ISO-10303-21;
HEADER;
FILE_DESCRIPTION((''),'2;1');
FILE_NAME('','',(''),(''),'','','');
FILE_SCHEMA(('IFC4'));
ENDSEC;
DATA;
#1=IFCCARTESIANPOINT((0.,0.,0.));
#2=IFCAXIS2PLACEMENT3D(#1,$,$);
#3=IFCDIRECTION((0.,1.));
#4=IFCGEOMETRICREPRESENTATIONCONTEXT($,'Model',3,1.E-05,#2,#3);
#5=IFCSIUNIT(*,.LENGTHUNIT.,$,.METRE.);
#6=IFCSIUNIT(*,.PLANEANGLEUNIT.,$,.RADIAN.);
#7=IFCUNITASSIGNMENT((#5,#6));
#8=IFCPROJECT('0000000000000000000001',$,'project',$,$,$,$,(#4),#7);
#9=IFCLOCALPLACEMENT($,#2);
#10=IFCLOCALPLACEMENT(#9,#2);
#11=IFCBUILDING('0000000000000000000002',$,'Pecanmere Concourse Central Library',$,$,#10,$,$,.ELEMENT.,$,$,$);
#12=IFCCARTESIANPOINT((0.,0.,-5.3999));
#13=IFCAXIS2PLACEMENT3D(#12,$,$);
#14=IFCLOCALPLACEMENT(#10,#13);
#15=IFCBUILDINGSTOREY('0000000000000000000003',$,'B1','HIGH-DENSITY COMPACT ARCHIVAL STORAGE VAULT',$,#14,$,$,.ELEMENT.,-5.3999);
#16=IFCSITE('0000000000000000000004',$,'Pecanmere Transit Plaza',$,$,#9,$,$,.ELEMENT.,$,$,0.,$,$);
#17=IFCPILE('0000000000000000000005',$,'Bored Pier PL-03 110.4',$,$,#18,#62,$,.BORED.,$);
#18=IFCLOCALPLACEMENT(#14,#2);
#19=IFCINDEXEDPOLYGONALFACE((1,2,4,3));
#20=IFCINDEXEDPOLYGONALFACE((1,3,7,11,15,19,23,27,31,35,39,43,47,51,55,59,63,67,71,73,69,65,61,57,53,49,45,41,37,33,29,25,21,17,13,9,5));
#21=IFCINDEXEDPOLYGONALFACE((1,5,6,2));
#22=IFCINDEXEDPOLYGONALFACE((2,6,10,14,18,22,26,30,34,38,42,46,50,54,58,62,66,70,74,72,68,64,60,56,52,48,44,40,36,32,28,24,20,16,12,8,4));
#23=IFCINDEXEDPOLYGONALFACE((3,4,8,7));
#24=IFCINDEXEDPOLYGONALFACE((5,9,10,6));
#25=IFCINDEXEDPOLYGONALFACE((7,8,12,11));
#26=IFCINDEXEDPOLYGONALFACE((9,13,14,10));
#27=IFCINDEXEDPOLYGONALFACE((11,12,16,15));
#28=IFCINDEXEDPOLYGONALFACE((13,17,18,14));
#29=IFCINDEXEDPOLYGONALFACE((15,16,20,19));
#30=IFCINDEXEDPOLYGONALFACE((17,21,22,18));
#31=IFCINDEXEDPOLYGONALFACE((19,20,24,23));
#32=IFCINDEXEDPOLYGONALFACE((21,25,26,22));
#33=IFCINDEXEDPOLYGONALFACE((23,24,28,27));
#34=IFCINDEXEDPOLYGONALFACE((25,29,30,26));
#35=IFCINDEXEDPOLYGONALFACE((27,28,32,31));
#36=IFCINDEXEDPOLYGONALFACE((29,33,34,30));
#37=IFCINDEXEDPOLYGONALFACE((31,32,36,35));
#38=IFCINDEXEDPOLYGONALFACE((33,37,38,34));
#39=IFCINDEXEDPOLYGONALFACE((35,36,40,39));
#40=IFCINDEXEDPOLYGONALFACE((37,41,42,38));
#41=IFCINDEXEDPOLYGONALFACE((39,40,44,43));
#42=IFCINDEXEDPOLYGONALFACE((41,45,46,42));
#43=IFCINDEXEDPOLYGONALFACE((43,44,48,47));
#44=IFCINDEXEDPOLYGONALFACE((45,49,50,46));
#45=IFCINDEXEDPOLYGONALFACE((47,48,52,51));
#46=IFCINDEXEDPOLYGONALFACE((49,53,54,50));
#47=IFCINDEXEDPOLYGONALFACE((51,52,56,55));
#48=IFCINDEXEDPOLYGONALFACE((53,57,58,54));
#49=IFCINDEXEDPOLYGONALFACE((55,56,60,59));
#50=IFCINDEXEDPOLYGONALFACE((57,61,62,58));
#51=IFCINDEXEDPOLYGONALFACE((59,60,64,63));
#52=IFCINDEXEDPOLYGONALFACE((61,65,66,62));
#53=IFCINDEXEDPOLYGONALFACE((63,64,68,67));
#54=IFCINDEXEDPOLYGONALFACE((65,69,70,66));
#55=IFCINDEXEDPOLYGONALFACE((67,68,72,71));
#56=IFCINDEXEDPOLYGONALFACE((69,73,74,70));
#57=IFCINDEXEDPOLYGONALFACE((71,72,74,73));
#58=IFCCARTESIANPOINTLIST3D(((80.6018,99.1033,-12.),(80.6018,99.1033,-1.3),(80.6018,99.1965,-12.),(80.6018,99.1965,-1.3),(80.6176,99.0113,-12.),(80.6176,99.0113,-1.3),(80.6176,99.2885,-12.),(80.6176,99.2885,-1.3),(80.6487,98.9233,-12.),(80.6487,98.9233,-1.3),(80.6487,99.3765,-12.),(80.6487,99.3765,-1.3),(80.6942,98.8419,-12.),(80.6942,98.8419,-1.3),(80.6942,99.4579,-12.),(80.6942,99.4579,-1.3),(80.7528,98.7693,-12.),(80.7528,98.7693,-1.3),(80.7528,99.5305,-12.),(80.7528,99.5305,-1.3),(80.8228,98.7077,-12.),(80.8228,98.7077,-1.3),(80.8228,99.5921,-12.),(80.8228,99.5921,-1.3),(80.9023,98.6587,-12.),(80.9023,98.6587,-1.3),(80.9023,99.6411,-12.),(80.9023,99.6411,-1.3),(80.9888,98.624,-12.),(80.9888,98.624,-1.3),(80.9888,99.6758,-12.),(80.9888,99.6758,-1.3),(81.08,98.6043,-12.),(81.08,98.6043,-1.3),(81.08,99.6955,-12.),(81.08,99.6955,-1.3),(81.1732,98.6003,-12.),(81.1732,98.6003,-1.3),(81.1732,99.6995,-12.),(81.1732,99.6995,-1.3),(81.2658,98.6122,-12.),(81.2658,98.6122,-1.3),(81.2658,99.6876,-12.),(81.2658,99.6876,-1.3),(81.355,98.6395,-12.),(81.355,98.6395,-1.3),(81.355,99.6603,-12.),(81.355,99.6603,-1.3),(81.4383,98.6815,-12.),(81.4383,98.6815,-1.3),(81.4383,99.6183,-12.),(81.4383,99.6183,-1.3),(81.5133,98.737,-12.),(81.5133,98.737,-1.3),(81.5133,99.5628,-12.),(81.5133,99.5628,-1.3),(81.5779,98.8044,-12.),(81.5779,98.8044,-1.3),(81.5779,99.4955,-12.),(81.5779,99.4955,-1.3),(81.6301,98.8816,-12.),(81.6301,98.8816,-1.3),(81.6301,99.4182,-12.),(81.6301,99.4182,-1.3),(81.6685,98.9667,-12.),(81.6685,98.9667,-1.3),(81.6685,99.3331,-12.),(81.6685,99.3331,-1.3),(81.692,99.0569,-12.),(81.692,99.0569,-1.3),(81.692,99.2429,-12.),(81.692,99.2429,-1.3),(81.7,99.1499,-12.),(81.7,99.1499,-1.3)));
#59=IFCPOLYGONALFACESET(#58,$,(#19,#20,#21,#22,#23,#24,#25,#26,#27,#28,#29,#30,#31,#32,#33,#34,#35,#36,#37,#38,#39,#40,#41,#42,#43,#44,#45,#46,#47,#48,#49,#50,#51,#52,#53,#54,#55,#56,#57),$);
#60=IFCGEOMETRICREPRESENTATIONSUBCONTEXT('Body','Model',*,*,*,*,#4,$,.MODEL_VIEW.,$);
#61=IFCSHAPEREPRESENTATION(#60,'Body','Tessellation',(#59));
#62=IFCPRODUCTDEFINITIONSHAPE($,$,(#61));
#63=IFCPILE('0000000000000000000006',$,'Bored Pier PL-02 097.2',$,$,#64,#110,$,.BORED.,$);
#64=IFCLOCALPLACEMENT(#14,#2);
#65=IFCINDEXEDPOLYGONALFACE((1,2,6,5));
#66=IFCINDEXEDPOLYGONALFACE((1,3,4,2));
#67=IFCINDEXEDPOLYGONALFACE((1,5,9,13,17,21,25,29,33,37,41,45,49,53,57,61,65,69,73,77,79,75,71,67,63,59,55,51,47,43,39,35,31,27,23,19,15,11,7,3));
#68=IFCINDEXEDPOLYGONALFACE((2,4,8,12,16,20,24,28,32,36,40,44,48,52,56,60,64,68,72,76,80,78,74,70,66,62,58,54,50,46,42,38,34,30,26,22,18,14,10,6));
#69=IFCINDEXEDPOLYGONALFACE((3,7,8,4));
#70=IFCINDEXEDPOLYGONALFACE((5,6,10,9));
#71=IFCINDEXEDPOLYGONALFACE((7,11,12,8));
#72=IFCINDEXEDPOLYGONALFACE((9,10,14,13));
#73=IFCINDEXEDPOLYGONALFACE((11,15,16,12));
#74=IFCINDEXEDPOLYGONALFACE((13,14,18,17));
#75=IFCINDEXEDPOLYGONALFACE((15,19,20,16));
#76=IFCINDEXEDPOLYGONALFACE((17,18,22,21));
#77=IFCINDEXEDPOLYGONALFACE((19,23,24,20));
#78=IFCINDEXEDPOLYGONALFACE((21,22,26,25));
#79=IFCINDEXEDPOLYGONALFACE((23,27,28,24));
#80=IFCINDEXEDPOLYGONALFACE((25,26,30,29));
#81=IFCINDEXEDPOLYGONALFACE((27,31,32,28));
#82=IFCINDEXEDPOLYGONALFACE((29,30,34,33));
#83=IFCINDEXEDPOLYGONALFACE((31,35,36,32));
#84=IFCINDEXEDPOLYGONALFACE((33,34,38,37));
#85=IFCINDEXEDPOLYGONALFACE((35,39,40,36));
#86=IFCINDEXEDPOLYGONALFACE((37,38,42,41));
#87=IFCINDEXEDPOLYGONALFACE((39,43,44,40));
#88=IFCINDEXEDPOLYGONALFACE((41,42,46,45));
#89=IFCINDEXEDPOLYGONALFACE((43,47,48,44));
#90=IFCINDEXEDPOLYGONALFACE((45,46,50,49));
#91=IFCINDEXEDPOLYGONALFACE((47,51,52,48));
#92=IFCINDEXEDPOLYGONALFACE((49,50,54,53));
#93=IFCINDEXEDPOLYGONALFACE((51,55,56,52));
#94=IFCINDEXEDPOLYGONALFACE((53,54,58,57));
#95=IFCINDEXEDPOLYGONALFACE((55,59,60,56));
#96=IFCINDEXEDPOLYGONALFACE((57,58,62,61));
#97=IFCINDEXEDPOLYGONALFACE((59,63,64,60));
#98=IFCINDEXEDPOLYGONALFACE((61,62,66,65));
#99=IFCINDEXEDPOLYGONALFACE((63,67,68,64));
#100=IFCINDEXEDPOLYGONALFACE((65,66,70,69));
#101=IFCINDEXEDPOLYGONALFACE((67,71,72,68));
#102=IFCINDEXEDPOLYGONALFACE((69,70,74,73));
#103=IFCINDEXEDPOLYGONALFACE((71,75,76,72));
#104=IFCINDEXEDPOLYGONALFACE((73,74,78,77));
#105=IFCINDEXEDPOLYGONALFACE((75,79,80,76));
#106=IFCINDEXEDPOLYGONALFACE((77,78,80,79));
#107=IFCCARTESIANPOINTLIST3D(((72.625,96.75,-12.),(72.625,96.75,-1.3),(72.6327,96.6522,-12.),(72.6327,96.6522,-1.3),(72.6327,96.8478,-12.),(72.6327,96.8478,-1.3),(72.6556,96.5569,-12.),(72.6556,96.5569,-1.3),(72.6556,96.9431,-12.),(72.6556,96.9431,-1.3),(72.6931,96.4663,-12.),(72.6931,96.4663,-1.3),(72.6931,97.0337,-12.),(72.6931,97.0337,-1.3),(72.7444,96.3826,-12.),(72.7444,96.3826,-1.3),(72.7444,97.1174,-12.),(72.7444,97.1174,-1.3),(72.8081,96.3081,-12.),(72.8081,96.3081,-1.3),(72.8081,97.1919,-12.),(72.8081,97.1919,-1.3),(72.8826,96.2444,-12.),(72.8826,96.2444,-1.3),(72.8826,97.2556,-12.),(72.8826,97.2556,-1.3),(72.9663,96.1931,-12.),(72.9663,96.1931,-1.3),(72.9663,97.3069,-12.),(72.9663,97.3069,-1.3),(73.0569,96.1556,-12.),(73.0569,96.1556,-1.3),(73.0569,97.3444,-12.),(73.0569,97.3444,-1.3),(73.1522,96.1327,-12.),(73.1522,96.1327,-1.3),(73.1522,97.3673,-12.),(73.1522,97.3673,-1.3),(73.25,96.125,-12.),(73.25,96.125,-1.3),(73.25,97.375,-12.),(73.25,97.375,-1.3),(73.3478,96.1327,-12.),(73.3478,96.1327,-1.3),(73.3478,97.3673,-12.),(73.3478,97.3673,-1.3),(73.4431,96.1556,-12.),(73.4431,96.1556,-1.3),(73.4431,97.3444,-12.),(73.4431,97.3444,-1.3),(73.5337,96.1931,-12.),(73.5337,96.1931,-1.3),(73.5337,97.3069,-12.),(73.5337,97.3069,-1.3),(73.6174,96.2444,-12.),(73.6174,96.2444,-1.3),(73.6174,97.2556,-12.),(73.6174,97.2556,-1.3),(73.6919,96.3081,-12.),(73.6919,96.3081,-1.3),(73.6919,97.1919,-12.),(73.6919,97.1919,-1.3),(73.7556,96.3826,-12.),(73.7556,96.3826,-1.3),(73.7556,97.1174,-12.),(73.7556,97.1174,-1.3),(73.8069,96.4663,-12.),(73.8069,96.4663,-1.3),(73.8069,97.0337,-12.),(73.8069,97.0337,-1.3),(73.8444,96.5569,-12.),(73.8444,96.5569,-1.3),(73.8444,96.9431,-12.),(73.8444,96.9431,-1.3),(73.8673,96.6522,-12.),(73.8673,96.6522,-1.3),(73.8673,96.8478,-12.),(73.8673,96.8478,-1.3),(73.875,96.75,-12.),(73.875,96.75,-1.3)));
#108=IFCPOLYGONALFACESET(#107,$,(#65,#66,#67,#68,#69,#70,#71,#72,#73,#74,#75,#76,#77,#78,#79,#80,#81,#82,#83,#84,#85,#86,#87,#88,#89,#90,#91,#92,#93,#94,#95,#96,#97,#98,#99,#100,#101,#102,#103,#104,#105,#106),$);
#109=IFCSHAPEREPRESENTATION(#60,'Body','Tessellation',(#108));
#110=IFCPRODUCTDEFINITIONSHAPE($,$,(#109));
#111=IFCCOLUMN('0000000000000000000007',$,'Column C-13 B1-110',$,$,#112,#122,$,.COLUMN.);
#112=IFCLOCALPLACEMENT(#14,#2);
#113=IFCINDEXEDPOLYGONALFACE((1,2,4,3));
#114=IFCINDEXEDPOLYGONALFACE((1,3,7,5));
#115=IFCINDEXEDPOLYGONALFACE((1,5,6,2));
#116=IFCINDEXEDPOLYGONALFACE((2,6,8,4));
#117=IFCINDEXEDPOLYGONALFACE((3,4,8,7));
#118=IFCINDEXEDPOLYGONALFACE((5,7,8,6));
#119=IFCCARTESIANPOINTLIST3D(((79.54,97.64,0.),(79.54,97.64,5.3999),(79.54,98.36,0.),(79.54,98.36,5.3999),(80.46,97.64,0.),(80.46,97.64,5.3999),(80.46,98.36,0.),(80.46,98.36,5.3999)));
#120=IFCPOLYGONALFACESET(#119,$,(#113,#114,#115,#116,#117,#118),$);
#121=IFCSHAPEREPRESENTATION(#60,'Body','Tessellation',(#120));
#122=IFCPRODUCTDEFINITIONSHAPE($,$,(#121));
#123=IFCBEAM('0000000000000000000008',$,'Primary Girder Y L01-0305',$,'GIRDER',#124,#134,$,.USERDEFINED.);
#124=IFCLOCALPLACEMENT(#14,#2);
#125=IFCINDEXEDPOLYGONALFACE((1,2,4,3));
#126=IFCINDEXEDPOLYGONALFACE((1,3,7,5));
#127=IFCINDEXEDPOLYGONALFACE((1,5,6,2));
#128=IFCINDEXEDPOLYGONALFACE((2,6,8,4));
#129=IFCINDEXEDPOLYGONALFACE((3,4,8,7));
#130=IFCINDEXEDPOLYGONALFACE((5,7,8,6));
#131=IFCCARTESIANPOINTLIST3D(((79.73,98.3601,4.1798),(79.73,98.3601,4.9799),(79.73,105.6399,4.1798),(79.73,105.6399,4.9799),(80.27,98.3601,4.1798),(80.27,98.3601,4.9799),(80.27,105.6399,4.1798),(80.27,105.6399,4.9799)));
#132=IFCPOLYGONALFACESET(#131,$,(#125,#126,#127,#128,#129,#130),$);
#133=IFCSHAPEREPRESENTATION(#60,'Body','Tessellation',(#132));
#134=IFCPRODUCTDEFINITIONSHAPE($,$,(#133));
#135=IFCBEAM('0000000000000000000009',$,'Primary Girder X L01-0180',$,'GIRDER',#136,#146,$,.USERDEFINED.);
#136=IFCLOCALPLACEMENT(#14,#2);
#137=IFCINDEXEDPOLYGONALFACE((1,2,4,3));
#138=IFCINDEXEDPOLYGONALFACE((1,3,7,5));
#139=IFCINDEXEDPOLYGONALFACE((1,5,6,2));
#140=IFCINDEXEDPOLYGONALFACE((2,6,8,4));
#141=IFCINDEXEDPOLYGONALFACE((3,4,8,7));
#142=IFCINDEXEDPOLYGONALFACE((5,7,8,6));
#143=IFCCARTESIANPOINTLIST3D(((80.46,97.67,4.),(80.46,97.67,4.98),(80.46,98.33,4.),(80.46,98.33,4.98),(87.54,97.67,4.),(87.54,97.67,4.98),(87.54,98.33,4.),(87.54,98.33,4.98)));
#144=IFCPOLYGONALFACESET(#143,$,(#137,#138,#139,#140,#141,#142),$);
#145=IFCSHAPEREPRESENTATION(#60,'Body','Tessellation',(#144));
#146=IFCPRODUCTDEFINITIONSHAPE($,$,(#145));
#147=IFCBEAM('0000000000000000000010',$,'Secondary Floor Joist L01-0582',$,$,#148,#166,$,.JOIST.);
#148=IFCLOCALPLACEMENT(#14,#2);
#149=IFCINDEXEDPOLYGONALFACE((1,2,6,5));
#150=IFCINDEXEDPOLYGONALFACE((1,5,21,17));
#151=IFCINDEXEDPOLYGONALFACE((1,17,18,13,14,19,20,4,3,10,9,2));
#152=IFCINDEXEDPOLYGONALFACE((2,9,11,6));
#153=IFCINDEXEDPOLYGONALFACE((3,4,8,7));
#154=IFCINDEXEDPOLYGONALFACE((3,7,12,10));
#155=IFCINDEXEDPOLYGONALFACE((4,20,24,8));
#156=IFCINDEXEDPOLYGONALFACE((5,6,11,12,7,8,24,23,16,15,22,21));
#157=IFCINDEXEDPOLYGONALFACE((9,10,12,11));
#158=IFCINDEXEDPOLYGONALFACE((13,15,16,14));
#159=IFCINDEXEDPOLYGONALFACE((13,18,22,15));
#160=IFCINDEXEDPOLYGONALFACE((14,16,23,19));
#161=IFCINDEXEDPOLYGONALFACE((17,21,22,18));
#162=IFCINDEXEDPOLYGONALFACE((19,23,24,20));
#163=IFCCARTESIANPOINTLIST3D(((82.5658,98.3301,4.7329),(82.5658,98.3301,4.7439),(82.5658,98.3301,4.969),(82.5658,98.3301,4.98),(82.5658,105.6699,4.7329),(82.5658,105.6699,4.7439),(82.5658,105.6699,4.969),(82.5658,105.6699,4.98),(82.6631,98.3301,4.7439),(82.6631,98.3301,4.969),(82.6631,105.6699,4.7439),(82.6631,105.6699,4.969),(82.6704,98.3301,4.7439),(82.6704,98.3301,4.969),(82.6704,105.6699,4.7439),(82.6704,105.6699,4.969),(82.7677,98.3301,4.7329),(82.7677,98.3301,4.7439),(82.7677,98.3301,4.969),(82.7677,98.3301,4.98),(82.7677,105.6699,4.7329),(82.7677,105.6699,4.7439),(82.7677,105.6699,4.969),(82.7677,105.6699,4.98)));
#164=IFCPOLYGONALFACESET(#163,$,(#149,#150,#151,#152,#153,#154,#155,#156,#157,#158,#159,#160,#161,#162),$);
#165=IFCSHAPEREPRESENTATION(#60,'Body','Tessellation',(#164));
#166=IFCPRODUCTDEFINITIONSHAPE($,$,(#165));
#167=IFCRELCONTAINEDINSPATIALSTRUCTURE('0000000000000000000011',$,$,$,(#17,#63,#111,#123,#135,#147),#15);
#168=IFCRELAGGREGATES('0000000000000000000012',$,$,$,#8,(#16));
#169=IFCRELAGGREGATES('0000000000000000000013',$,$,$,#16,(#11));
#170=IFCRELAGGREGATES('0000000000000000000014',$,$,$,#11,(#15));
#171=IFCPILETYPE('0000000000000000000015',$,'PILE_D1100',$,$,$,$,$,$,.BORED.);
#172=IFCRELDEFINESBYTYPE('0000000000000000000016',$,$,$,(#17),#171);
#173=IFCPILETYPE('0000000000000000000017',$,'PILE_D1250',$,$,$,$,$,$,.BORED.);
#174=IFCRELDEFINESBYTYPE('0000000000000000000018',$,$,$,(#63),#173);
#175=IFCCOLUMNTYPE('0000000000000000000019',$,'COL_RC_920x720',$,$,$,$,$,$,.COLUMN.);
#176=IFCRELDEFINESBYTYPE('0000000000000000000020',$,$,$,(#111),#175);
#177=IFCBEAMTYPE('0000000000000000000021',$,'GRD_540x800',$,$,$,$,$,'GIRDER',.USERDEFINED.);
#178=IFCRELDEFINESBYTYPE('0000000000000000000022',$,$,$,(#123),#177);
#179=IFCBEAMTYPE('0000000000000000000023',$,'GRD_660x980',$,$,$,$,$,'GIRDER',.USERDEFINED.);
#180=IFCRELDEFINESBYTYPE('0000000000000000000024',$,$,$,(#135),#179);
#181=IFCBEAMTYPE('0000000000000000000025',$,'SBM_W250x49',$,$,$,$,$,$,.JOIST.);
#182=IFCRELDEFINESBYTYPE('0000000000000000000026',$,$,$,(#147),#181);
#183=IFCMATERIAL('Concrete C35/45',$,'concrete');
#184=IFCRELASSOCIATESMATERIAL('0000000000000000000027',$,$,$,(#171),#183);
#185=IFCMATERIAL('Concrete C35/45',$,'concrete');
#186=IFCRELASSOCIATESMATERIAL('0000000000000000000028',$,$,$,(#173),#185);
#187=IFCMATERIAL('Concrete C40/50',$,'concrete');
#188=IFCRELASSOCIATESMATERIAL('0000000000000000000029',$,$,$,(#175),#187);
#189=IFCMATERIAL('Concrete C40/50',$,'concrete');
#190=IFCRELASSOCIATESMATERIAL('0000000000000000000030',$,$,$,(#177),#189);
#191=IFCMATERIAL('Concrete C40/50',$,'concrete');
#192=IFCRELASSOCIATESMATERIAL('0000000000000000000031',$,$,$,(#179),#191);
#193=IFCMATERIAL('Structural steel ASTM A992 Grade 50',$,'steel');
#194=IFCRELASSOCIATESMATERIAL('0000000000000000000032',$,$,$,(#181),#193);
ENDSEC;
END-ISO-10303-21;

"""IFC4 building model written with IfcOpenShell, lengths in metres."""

from ifc_helpers import new_model, si_unit, direction, frame, origin, origin_2d, place, context, subcontext, project, spatial, rectangle, circle, i_section, extrude, material, material_profile, profile_set, type_object, element, save


model = new_model("IFC4")

# Units and contexts
model_context = context("Model", 3, precision=1e-05, world=origin(), true_north=direction((0.0, 1.0)))
body_context = subcontext(model_context, "Body", "Model", "MODEL_VIEW")
ifc_project = project(units=[si_unit("LENGTHUNIT", "METRE"), si_unit("PLANEANGLEUNIT", "RADIAN")], contexts=[model_context])

# Site, building, storey
site_placement = place(None, origin())
site = spatial("IfcSite", under=ifc_project, at=site_placement, Name="Pecanmere Transit Plaza", CompositionType="ELEMENT", RefElevation=0.0)
building_placement = place(site_placement, origin())
building = spatial("IfcBuilding", under=site, at=building_placement, Name="Pecanmere Concourse Central Library", CompositionType="ELEMENT")
storey_placement = place(building_placement, frame((0.0, 0.0, -5.3999)))
storey = spatial("IfcBuildingStorey", under=building, at=storey_placement, Name="B1", Description="HIGH-DENSITY COMPACT ARCHIVAL STORAGE VAULT", CompositionType="ELEMENT", Elevation=-5.3999)

# Piles
ifc_material_1 = material(Name="Concrete C35/45", Category="concrete")
ifc_material_profile_1 = material_profile(ifc_material_1, circle(Radius=0.55, at=origin_2d()), Name="PIER D1100")
ifc_profile_set_1 = profile_set([ifc_material_profile_1], Name="Concrete C35/45")
pile_type_1 = type_object("IfcPileType", Name="PILE_D1100", PredefinedType="BORED", material=ifc_profile_set_1)
for number, where, z_axis, x_axis, name in (
    (1, (81.1499, 99.1499, -1.3), (0.0, 0.0, -1.0), (1.0, 0.0, 0.0), "Bored Pier PL-03 110.4"),
):
    element("IfcPile", number, at=place(storey_placement, frame(where, z_axis=z_axis, x_axis=x_axis)), inside=storey, type_object=pile_type_1, Name=name, PredefinedType="BORED", context=body_context, shape_type="SweptSolid", body=[
        extrude(circle(Radius=0.55, at=origin_2d()), origin(), (0.0, 0.0, 1.0), 10.7),
    ])
ifc_material_2 = material(Name="Concrete C35/45", Category="concrete")
ifc_material_profile_2 = material_profile(ifc_material_2, circle(Radius=0.625, at=origin_2d()), Name="PIER D1250")
ifc_profile_set_2 = profile_set([ifc_material_profile_2], Name="Concrete C35/45")
pile_type_2 = type_object("IfcPileType", Name="PILE_D1250", PredefinedType="BORED", material=ifc_profile_set_2)
pile_placement = place(storey_placement, frame((73.25, 96.75, -1.3), z_axis=(0.0, 0.0, -1.0), x_axis=(1.0, 0.0, 0.0)))
element("IfcPile", 2, at=pile_placement, inside=storey, type_object=pile_type_2, Name="Bored Pier PL-02 097.2", PredefinedType="BORED", context=body_context, shape_type="SweptSolid", body=[
    extrude(circle(Radius=0.625, at=origin_2d()), origin(), (0.0, 0.0, 1.0), 10.7),
])

# Column
ifc_material_3 = material(Name="Concrete C40/50", Category="concrete")
ifc_material_profile_3 = material_profile(ifc_material_3, rectangle(XDim=0.9199, YDim=0.72, at=origin_2d()), Name="RC 920x720")
ifc_profile_set_3 = profile_set([ifc_material_profile_3], Name="Concrete C40/50")
column_type = type_object("IfcColumnType", Name="COL_RC_920x720", PredefinedType="COLUMN", material=ifc_profile_set_3)
column_placement = place(storey_placement, frame((80.0, 98.0, 0.0), z_axis=(0.0, 0.0, 1.0), x_axis=(1.0, 0.0, 0.0)))
element("IfcColumn", 3, at=column_placement, inside=storey, type_object=column_type, Name="Column C-13 B1-110", PredefinedType="COLUMN", context=body_context, shape_type="SweptSolid", body=[
    extrude(rectangle(XDim=0.9199, YDim=0.72, at=origin_2d()), origin(), (0.0, 0.0, 1.0), 5.3999),
])

# Beams
ifc_material_4 = material(Name="Concrete C40/50", Category="concrete")
ifc_material_profile_4 = material_profile(ifc_material_4, rectangle(XDim=0.54, YDim=0.8, at=origin_2d()), Name="RC 540x800")
ifc_profile_set_4 = profile_set([ifc_material_profile_4], Name="Concrete C40/50")
beam_type_1 = type_object("IfcBeamType", Name="GRD_540x800", ElementType="GIRDER", PredefinedType="USERDEFINED", material=ifc_profile_set_4)
beam_1_placement = place(storey_placement, frame((80.0, 98.3601, 4.5798), z_axis=(0.0, 1.0, 0.0), x_axis=(-1.0, 0.0, 0.0)))
element("IfcBeam", 4, at=beam_1_placement, inside=storey, type_object=beam_type_1, Name="Primary Girder Y L01-0305", ObjectType="GIRDER", PredefinedType="USERDEFINED", context=body_context, shape_type="SweptSolid", body=[
    extrude(rectangle(XDim=0.54, YDim=0.8, at=origin_2d()), origin(), (0.0, 0.0, 1.0), 7.2798),
])
ifc_material_5 = material(Name="Concrete C40/50", Category="concrete")
ifc_material_profile_5 = material_profile(ifc_material_5, rectangle(XDim=0.6599, YDim=0.98, at=origin_2d()), Name="RC 660x980")
ifc_profile_set_5 = profile_set([ifc_material_profile_5], Name="Concrete C40/50")
beam_type_2 = type_object("IfcBeamType", Name="GRD_660x980", ElementType="GIRDER", PredefinedType="USERDEFINED", material=ifc_profile_set_5)
beam_2_placement = place(storey_placement, frame((80.46, 98.0, 4.49), z_axis=(1.0, 0.0, 0.0), x_axis=(0.0, 1.0, 0.0)))
element("IfcBeam", 5, at=beam_2_placement, inside=storey, type_object=beam_type_2, Name="Primary Girder X L01-0180", ObjectType="GIRDER", PredefinedType="USERDEFINED", context=body_context, shape_type="SweptSolid", body=[
    extrude(rectangle(XDim=0.6599, YDim=0.98, at=origin_2d()), origin(), (0.0, 0.0, 1.0), 7.0801),
])
ifc_material_6 = material(Name="Structural steel ASTM A992 Grade 50", Category="steel")
ifc_material_profile_6 = material_profile(ifc_material_6, i_section(OverallWidth=0.2019, OverallDepth=0.2471, WebThickness=0.0073, FlangeThickness=0.011, at=origin_2d()), Name="W250x49.1")
ifc_profile_set_6 = profile_set([ifc_material_profile_6], Name="Structural steel ASTM A992 Grade 50")
beam_type_3 = type_object("IfcBeamType", Name="SBM_W250x49", PredefinedType="JOIST", material=ifc_profile_set_6)
beam_3_placement = place(storey_placement, frame((82.6667, 98.3301, 4.8564), z_axis=(0.0, 1.0, 0.0), x_axis=(-1.0, 0.0, 0.0)))
element("IfcBeam", 6, at=beam_3_placement, inside=storey, type_object=beam_type_3, Name="Secondary Floor Joist L01-0582", PredefinedType="JOIST", context=body_context, shape_type="SweptSolid", body=[
    extrude(i_section(OverallWidth=0.2019, OverallDepth=0.2471, WebThickness=0.0073, FlangeThickness=0.011, at=origin_2d()), origin(), (0.0, 0.0, 1.0), 7.3398),
])

save(model, "model.ifc")
